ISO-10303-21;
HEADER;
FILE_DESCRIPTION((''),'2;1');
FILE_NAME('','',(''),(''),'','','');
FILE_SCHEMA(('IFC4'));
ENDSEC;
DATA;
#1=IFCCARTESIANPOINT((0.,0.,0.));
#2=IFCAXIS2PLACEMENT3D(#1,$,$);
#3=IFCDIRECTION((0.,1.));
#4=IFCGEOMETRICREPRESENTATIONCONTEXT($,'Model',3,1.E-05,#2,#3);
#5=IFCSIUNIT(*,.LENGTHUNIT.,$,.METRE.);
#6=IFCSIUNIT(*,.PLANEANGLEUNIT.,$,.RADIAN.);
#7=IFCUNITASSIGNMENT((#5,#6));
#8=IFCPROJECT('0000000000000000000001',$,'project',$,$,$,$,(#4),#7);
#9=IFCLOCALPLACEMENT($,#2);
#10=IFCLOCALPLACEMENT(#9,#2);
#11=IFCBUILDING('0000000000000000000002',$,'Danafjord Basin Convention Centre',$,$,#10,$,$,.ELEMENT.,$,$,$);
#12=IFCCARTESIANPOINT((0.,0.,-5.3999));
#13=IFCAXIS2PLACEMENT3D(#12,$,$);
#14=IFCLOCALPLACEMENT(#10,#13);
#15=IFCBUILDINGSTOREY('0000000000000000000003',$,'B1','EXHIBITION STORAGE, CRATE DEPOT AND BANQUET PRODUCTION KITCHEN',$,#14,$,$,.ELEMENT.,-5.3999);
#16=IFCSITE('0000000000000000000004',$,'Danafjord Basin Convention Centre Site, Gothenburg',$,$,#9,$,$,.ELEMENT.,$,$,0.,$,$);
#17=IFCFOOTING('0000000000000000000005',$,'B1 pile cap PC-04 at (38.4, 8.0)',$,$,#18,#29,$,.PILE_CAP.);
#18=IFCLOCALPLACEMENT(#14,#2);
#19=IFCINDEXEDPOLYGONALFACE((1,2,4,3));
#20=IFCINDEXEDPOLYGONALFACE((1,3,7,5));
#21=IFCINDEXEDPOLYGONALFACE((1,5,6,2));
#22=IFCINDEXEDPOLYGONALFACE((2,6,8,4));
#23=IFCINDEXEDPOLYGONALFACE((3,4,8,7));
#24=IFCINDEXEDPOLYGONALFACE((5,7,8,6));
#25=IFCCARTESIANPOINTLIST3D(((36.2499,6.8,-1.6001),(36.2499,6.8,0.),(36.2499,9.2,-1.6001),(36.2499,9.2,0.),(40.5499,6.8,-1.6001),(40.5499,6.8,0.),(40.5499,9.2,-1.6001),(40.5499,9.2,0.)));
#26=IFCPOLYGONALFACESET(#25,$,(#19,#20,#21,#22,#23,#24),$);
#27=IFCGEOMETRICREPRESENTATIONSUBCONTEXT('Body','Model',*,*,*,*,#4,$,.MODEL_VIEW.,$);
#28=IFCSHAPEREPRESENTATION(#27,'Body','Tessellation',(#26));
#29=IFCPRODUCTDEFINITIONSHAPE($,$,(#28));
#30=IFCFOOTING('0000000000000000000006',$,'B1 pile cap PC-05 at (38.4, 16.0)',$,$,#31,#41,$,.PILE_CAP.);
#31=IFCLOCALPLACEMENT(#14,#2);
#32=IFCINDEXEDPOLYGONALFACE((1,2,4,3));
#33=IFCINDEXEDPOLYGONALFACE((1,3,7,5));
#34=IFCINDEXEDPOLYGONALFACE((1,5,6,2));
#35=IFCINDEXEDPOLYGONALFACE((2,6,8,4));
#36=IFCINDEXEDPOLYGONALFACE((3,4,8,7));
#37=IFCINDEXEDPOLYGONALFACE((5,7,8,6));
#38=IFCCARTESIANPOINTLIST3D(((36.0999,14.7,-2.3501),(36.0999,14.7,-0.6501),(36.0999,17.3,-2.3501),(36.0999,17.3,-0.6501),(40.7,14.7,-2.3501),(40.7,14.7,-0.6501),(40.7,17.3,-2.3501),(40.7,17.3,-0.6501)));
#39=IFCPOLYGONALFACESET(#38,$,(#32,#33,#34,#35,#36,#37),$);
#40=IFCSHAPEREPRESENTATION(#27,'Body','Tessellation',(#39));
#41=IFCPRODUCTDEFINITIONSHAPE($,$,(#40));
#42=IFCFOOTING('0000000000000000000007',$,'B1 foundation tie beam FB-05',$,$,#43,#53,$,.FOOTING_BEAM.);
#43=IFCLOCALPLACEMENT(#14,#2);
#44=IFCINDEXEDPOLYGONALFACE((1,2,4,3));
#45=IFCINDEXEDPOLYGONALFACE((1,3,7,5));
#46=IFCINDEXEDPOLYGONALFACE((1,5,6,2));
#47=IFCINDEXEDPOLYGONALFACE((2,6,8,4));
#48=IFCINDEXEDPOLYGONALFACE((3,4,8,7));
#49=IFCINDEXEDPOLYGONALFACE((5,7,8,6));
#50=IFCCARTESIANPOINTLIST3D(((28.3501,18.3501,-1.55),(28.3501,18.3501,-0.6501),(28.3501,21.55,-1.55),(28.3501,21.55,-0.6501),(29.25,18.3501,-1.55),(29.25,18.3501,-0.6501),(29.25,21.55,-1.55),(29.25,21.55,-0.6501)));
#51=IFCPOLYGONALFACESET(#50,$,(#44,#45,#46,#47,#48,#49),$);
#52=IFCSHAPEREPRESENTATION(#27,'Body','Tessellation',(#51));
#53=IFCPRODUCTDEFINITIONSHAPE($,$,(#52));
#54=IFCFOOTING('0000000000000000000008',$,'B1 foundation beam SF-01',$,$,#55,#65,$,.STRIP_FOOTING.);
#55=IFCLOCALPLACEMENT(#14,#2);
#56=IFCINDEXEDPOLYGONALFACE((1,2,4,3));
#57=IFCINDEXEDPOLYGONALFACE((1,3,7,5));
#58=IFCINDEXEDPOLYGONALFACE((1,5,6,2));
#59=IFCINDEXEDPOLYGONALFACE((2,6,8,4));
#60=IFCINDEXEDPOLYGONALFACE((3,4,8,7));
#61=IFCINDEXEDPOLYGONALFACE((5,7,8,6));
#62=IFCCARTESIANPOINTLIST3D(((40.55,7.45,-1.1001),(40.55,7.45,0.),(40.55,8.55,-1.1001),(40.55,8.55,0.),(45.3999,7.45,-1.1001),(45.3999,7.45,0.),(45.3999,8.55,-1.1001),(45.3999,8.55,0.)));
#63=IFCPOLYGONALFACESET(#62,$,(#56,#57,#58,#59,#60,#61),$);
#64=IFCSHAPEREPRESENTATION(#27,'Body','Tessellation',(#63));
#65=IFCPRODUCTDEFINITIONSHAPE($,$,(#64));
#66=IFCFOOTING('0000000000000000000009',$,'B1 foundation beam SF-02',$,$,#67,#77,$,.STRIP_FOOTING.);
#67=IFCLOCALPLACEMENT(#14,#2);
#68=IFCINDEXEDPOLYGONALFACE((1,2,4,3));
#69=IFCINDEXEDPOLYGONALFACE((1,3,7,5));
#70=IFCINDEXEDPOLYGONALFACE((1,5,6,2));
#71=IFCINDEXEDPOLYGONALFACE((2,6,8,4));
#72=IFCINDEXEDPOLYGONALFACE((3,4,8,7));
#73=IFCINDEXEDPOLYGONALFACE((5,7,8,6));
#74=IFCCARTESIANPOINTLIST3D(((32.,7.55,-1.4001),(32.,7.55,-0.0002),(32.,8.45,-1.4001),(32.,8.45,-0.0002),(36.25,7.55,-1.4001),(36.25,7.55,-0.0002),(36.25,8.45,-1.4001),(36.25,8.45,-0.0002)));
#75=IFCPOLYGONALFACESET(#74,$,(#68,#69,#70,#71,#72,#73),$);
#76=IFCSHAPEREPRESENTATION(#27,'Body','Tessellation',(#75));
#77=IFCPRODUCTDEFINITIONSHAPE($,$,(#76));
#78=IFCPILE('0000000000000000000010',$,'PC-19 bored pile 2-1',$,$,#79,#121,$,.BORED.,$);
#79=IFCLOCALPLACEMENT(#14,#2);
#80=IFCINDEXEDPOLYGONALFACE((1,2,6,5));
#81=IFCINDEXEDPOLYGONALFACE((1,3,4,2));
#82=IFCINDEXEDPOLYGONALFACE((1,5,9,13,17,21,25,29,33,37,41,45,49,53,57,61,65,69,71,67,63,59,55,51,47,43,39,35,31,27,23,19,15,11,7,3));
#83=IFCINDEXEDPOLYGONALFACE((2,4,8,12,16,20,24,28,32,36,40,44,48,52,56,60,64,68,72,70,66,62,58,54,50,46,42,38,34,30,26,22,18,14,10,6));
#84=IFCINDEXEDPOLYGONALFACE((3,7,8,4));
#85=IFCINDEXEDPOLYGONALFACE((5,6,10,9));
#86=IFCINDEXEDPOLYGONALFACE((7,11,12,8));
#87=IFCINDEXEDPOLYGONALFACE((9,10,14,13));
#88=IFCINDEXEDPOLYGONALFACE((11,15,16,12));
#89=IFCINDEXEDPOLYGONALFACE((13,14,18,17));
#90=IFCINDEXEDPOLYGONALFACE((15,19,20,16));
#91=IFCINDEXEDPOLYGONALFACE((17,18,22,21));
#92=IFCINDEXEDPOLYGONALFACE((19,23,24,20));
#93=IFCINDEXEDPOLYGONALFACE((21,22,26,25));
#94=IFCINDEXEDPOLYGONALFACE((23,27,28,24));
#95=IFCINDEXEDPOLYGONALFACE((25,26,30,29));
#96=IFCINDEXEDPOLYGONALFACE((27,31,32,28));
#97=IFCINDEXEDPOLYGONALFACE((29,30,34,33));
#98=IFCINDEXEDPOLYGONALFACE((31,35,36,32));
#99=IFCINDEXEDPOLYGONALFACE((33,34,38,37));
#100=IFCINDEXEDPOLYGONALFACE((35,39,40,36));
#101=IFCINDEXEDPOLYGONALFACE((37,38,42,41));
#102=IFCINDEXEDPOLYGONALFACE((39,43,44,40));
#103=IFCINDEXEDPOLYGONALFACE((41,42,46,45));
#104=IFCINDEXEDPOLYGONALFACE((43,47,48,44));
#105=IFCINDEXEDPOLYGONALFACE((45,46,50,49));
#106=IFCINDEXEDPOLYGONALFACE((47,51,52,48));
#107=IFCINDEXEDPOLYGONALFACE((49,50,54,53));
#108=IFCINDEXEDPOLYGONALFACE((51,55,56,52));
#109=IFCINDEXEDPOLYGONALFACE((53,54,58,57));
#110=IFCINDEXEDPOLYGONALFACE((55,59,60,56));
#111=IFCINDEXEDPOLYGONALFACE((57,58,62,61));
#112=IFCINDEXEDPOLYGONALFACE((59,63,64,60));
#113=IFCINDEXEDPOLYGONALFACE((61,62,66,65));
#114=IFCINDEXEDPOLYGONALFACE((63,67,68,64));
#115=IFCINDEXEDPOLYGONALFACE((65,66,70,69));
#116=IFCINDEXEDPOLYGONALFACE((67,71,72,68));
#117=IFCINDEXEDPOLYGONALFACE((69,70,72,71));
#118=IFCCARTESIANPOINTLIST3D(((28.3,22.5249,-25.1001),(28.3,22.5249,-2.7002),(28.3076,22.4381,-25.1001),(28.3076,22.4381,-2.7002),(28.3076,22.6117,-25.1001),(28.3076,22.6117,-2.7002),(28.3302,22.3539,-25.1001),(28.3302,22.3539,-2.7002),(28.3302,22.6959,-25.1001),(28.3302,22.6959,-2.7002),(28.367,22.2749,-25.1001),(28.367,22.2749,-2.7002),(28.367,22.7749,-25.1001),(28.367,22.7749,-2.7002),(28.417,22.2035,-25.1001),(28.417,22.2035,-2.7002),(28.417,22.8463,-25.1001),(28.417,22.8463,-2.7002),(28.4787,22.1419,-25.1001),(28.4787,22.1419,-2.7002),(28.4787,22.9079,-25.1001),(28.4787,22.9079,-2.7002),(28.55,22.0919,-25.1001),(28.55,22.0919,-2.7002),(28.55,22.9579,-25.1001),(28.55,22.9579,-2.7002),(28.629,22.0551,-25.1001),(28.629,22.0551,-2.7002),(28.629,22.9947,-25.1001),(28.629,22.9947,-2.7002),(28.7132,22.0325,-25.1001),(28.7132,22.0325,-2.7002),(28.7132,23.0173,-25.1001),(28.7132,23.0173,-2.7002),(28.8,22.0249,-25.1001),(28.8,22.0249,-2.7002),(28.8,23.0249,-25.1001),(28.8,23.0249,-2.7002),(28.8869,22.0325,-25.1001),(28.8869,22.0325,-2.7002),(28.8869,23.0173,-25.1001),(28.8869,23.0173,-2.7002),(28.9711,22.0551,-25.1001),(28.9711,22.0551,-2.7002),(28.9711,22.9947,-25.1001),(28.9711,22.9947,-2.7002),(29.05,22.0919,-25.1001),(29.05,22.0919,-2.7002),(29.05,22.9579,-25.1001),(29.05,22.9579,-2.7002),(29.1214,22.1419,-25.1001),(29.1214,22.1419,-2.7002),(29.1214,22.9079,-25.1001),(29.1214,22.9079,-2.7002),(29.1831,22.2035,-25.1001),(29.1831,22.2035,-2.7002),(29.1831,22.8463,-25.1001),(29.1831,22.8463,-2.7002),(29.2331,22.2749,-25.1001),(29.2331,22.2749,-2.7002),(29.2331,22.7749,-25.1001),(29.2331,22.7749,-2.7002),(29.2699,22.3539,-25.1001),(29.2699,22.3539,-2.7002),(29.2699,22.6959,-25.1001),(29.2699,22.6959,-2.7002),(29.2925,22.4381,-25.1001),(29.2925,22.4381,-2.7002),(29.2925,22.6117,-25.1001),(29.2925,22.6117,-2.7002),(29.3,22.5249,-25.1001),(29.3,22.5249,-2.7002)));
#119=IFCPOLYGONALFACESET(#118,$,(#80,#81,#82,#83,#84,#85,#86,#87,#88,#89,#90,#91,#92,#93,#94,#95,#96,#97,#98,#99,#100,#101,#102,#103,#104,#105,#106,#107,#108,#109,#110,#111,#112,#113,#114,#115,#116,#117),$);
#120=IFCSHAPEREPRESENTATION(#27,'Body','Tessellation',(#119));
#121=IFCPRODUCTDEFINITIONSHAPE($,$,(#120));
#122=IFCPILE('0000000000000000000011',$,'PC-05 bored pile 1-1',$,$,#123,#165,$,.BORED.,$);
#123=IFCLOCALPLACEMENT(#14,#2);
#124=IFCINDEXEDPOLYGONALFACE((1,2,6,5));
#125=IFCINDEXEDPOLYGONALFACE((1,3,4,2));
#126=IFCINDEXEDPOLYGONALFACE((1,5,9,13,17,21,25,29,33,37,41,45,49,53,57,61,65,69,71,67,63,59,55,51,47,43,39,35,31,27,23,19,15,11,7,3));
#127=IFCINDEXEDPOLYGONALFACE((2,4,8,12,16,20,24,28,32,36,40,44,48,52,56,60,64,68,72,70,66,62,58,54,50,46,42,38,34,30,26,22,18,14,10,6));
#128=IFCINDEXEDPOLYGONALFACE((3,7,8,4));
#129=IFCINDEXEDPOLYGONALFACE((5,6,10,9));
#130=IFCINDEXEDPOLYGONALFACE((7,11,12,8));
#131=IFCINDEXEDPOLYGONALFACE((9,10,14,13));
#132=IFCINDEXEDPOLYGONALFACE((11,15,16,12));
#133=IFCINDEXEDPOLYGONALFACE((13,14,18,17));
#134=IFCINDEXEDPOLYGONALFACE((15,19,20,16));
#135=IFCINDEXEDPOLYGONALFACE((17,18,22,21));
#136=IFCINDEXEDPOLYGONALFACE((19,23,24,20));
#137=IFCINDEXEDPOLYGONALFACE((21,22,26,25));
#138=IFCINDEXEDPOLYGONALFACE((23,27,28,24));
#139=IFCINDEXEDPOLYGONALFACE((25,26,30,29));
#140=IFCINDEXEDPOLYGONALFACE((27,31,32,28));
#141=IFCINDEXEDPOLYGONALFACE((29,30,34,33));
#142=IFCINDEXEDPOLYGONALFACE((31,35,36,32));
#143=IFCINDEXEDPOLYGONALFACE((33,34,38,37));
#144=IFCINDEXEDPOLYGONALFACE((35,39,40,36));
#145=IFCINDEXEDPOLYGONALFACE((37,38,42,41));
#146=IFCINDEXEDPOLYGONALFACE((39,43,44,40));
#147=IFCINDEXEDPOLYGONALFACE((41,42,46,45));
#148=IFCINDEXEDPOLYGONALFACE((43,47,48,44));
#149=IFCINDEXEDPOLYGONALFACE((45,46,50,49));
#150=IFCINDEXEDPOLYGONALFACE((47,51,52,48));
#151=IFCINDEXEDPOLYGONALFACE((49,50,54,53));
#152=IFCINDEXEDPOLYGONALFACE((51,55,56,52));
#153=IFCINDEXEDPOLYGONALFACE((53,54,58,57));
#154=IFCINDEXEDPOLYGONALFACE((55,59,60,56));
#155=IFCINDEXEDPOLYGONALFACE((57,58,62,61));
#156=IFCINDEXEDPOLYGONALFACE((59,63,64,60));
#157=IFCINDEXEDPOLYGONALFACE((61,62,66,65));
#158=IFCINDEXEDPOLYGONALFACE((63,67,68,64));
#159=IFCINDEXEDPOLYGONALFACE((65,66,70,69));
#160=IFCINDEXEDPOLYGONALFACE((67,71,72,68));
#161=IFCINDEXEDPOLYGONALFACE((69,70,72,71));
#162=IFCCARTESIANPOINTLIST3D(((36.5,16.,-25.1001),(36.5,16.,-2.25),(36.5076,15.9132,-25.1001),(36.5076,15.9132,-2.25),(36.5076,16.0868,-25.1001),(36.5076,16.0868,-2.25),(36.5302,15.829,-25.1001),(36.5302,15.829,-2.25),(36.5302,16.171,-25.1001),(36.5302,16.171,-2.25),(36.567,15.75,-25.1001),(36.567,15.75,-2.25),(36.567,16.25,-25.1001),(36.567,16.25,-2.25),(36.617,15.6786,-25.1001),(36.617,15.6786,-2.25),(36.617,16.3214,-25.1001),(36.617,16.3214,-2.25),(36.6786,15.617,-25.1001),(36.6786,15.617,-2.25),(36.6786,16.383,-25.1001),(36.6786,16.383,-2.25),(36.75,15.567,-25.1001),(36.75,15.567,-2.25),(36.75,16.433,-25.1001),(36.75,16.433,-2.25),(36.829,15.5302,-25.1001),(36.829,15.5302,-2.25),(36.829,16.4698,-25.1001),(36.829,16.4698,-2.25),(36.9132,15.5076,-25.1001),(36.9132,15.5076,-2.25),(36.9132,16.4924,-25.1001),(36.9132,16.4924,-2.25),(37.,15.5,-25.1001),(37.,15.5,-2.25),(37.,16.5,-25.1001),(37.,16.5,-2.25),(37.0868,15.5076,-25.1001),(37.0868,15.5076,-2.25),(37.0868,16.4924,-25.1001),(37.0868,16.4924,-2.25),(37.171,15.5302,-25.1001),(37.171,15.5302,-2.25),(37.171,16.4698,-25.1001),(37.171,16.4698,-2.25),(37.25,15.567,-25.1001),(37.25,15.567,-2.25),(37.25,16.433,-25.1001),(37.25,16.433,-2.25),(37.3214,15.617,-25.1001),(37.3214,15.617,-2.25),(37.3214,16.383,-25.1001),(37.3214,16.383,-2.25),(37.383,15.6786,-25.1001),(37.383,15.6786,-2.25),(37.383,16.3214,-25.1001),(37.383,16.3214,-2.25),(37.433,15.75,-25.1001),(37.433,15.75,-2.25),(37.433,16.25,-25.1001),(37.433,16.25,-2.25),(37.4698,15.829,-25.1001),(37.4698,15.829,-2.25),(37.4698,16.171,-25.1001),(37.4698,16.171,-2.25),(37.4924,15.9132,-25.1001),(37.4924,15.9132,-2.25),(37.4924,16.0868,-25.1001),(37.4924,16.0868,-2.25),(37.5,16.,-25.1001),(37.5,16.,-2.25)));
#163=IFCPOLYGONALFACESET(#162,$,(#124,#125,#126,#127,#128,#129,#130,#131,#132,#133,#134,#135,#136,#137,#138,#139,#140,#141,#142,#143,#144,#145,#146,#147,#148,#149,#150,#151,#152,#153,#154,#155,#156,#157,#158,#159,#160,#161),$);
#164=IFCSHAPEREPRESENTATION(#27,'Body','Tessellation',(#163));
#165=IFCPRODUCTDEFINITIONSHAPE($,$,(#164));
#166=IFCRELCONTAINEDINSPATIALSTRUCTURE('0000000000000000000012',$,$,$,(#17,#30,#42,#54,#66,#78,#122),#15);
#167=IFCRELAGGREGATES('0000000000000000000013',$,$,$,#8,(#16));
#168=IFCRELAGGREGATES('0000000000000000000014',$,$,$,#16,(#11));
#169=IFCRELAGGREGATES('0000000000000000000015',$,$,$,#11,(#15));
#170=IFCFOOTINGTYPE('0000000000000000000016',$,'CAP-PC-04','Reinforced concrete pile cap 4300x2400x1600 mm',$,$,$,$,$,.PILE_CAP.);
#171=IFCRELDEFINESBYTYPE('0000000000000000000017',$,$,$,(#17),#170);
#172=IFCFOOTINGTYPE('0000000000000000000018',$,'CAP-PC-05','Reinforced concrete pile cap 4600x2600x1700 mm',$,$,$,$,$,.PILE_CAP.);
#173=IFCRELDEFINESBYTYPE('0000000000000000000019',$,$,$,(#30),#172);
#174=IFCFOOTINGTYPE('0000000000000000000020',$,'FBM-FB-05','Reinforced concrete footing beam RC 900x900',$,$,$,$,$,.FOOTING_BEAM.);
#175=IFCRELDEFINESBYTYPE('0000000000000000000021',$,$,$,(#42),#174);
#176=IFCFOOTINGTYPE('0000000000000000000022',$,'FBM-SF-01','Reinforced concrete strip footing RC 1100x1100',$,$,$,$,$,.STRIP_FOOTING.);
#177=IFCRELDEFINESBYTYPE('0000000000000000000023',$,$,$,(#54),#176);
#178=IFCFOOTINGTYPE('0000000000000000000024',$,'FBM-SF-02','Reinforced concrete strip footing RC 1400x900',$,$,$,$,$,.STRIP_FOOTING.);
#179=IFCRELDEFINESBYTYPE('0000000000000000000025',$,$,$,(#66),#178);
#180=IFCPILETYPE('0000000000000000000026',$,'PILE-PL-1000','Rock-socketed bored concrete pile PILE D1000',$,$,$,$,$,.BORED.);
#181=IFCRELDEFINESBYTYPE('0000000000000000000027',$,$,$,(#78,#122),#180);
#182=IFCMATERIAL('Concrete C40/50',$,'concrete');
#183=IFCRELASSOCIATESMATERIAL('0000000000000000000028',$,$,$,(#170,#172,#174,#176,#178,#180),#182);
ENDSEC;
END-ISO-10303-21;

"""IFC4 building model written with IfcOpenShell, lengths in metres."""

from ifc_helpers import new_model, si_unit, direction, frame, origin, origin_2d, place, context, subcontext, project, spatial, rectangle, circle, extrude, material, material_profile, profile_set, type_object, element, save


model = new_model("IFC4")

# Units and contexts
model_context = context("Model", 3, precision=1e-05, world=origin(), true_north=direction((0.0, 1.0)))
body_context = subcontext(model_context, "Body", "Model", "MODEL_VIEW")
ifc_project = project(units=[si_unit("LENGTHUNIT", "METRE"), si_unit("PLANEANGLEUNIT", "RADIAN")], contexts=[model_context])

# Site, building, storey
site_placement = place(None, origin())
site = spatial("IfcSite", under=ifc_project, at=site_placement, Name="Danafjord Basin Convention Centre Site, Gothenburg", CompositionType="ELEMENT", RefElevation=0.0)
building_placement = place(site_placement, origin())
building = spatial("IfcBuilding", under=site, at=building_placement, Name="Danafjord Basin Convention Centre", CompositionType="ELEMENT")
storey_placement = place(building_placement, frame((0.0, 0.0, -5.3999)))
storey = spatial("IfcBuildingStorey", under=building, at=storey_placement, Name="B1", Description="EXHIBITION STORAGE, CRATE DEPOT AND BANQUET PRODUCTION KITCHEN", CompositionType="ELEMENT", Elevation=-5.3999)

# Footings
ifc_material_1 = material(Name="Concrete C40/50", Category="concrete")
footing_type_1 = type_object("IfcFootingType", Name="CAP-PC-04", Description="Reinforced concrete pile cap 4300x2400x1600 mm", PredefinedType="PILE_CAP", material=ifc_material_1)
footing_1_placement = place(storey_placement, frame((38.3999, 8.0, -1.6001), z_axis=(0.0, 0.0, 1.0), x_axis=(1.0, 0.0, 0.0)))
element("IfcFooting", 1, at=footing_1_placement, inside=storey, type_object=footing_type_1, Name="B1 pile cap PC-04 at (38.4, 8.0)", PredefinedType="PILE_CAP", context=body_context, shape_type="SweptSolid", body=[
    extrude(rectangle(XDim=4.3, YDim=2.3999, at=origin_2d()), origin(), (0.0, 0.0, 1.0), 1.6001),
])
footing_type_2 = type_object("IfcFootingType", Name="CAP-PC-05", Description="Reinforced concrete pile cap 4600x2600x1700 mm", PredefinedType="PILE_CAP", material=ifc_material_1)
footing_2_placement = place(storey_placement, frame((38.3999, 16.0, -2.3501), z_axis=(0.0, 0.0, 1.0), x_axis=(1.0, 0.0, 0.0)))
element("IfcFooting", 2, at=footing_2_placement, inside=storey, type_object=footing_type_2, Name="B1 pile cap PC-05 at (38.4, 16.0)", PredefinedType="PILE_CAP", context=body_context, shape_type="SweptSolid", body=[
    extrude(rectangle(XDim=4.6001, YDim=2.6001, at=origin_2d()), origin(), (0.0, 0.0, 1.0), 1.7),
])
ifc_material_profile_1 = material_profile(ifc_material_1, rectangle(XDim=0.8999, YDim=0.8999, at=origin_2d()), Name="RC 900x900")
ifc_profile_set_1 = profile_set([ifc_material_profile_1], Name="Concrete C40/50")
footing_type_3 = type_object("IfcFootingType", Name="FBM-FB-05", Description="Reinforced concrete footing beam RC 900x900", PredefinedType="FOOTING_BEAM", material=ifc_profile_set_1)
footing_3_placement = place(storey_placement, frame((28.8, 18.3501, -1.1001), z_axis=(0.0, 1.0, 0.0), x_axis=(-1.0, 0.0, 0.0)))
element("IfcFooting", 3, at=footing_3_placement, inside=storey, type_object=footing_type_3, Name="B1 foundation tie beam FB-05", PredefinedType="FOOTING_BEAM", context=body_context, shape_type="SweptSolid", body=[
    extrude(rectangle(XDim=0.8999, YDim=0.8999, at=origin_2d()), origin(), (0.0, 0.0, 1.0), 3.2),
])
ifc_material_profile_2 = material_profile(ifc_material_1, rectangle(XDim=1.1001, YDim=1.1001, at=origin_2d()), Name="RC 1100x1100")
ifc_profile_set_2 = profile_set([ifc_material_profile_2], Name="Concrete C40/50")
footing_type_4 = type_object("IfcFootingType", Name="FBM-SF-01", Description="Reinforced concrete strip footing RC 1100x1100", PredefinedType="STRIP_FOOTING", material=ifc_profile_set_2)
footing_4_placement = place(storey_placement, frame((40.55, 8.0, -0.55), z_axis=(1.0, 0.0, 0.0), x_axis=(0.0, 1.0, 0.0)))
element("IfcFooting", 4, at=footing_4_placement, inside=storey, type_object=footing_type_4, Name="B1 foundation beam SF-01", PredefinedType="STRIP_FOOTING", context=body_context, shape_type="SweptSolid", body=[
    extrude(rectangle(XDim=1.1001, YDim=1.1001, at=origin_2d()), origin(), (0.0, 0.0, 1.0), 4.8499),
])
ifc_material_profile_3 = material_profile(ifc_material_1, rectangle(XDim=0.8999, YDim=1.3999, at=origin_2d()), Name="RC 1400x900")
ifc_profile_set_3 = profile_set([ifc_material_profile_3], Name="Concrete C40/50")
footing_type_5 = type_object("IfcFootingType", Name="FBM-SF-02", Description="Reinforced concrete strip footing RC 1400x900", PredefinedType="STRIP_FOOTING", material=ifc_profile_set_3)
footing_5_placement = place(storey_placement, frame((32.0, 8.0, -0.7002), z_axis=(1.0, 0.0, 0.0), x_axis=(0.0, 1.0, 0.0)))
element("IfcFooting", 5, at=footing_5_placement, inside=storey, type_object=footing_type_5, Name="B1 foundation beam SF-02", PredefinedType="STRIP_FOOTING", context=body_context, shape_type="SweptSolid", body=[
    extrude(rectangle(XDim=0.8999, YDim=1.3999, at=origin_2d()), origin(), (0.0, 0.0, 1.0), 4.25),
])

# Piles
ifc_material_profile_4 = material_profile(ifc_material_1, circle(Radius=0.5, at=origin_2d()), Name="PILE D1000")
ifc_profile_set_4 = profile_set([ifc_material_profile_4], Name="Concrete C40/50")
pile_type_1 = type_object("IfcPileType", Name="PILE-PL-1000", Description="Rock-socketed bored concrete pile PILE D1000", PredefinedType="BORED", material=ifc_profile_set_4)
pile_placement = place(storey_placement, frame((28.8, 22.5249, -2.7002), z_axis=(0.0, 0.0, -1.0), x_axis=(1.0, 0.0, 0.0)))
element("IfcPile", 6, at=pile_placement, inside=storey, type_object=pile_type_1, Name="PC-19 bored pile 2-1", PredefinedType="BORED", context=body_context, shape_type="SweptSolid", body=[
    extrude(circle(Radius=0.5, at=origin_2d()), origin(), (0.0, 0.0, 1.0), 22.3999),
])
for number, where, z_axis, x_axis, name in (
    (7, (37.0, 16.0, -2.25), (0.0, 0.0, -1.0), (1.0, 0.0, 0.0), "PC-05 bored pile 1-1"),
):
    element("IfcPile", number, at=place(storey_placement, frame(where, z_axis=z_axis, x_axis=x_axis)), inside=storey, type_object=pile_type_1, Name=name, PredefinedType="BORED", context=body_context, shape_type="SweptSolid", body=[
        extrude(circle(Radius=0.5, at=origin_2d()), origin(), (0.0, 0.0, 1.0), 22.8501),
    ])

save(model, "model.ifc")
